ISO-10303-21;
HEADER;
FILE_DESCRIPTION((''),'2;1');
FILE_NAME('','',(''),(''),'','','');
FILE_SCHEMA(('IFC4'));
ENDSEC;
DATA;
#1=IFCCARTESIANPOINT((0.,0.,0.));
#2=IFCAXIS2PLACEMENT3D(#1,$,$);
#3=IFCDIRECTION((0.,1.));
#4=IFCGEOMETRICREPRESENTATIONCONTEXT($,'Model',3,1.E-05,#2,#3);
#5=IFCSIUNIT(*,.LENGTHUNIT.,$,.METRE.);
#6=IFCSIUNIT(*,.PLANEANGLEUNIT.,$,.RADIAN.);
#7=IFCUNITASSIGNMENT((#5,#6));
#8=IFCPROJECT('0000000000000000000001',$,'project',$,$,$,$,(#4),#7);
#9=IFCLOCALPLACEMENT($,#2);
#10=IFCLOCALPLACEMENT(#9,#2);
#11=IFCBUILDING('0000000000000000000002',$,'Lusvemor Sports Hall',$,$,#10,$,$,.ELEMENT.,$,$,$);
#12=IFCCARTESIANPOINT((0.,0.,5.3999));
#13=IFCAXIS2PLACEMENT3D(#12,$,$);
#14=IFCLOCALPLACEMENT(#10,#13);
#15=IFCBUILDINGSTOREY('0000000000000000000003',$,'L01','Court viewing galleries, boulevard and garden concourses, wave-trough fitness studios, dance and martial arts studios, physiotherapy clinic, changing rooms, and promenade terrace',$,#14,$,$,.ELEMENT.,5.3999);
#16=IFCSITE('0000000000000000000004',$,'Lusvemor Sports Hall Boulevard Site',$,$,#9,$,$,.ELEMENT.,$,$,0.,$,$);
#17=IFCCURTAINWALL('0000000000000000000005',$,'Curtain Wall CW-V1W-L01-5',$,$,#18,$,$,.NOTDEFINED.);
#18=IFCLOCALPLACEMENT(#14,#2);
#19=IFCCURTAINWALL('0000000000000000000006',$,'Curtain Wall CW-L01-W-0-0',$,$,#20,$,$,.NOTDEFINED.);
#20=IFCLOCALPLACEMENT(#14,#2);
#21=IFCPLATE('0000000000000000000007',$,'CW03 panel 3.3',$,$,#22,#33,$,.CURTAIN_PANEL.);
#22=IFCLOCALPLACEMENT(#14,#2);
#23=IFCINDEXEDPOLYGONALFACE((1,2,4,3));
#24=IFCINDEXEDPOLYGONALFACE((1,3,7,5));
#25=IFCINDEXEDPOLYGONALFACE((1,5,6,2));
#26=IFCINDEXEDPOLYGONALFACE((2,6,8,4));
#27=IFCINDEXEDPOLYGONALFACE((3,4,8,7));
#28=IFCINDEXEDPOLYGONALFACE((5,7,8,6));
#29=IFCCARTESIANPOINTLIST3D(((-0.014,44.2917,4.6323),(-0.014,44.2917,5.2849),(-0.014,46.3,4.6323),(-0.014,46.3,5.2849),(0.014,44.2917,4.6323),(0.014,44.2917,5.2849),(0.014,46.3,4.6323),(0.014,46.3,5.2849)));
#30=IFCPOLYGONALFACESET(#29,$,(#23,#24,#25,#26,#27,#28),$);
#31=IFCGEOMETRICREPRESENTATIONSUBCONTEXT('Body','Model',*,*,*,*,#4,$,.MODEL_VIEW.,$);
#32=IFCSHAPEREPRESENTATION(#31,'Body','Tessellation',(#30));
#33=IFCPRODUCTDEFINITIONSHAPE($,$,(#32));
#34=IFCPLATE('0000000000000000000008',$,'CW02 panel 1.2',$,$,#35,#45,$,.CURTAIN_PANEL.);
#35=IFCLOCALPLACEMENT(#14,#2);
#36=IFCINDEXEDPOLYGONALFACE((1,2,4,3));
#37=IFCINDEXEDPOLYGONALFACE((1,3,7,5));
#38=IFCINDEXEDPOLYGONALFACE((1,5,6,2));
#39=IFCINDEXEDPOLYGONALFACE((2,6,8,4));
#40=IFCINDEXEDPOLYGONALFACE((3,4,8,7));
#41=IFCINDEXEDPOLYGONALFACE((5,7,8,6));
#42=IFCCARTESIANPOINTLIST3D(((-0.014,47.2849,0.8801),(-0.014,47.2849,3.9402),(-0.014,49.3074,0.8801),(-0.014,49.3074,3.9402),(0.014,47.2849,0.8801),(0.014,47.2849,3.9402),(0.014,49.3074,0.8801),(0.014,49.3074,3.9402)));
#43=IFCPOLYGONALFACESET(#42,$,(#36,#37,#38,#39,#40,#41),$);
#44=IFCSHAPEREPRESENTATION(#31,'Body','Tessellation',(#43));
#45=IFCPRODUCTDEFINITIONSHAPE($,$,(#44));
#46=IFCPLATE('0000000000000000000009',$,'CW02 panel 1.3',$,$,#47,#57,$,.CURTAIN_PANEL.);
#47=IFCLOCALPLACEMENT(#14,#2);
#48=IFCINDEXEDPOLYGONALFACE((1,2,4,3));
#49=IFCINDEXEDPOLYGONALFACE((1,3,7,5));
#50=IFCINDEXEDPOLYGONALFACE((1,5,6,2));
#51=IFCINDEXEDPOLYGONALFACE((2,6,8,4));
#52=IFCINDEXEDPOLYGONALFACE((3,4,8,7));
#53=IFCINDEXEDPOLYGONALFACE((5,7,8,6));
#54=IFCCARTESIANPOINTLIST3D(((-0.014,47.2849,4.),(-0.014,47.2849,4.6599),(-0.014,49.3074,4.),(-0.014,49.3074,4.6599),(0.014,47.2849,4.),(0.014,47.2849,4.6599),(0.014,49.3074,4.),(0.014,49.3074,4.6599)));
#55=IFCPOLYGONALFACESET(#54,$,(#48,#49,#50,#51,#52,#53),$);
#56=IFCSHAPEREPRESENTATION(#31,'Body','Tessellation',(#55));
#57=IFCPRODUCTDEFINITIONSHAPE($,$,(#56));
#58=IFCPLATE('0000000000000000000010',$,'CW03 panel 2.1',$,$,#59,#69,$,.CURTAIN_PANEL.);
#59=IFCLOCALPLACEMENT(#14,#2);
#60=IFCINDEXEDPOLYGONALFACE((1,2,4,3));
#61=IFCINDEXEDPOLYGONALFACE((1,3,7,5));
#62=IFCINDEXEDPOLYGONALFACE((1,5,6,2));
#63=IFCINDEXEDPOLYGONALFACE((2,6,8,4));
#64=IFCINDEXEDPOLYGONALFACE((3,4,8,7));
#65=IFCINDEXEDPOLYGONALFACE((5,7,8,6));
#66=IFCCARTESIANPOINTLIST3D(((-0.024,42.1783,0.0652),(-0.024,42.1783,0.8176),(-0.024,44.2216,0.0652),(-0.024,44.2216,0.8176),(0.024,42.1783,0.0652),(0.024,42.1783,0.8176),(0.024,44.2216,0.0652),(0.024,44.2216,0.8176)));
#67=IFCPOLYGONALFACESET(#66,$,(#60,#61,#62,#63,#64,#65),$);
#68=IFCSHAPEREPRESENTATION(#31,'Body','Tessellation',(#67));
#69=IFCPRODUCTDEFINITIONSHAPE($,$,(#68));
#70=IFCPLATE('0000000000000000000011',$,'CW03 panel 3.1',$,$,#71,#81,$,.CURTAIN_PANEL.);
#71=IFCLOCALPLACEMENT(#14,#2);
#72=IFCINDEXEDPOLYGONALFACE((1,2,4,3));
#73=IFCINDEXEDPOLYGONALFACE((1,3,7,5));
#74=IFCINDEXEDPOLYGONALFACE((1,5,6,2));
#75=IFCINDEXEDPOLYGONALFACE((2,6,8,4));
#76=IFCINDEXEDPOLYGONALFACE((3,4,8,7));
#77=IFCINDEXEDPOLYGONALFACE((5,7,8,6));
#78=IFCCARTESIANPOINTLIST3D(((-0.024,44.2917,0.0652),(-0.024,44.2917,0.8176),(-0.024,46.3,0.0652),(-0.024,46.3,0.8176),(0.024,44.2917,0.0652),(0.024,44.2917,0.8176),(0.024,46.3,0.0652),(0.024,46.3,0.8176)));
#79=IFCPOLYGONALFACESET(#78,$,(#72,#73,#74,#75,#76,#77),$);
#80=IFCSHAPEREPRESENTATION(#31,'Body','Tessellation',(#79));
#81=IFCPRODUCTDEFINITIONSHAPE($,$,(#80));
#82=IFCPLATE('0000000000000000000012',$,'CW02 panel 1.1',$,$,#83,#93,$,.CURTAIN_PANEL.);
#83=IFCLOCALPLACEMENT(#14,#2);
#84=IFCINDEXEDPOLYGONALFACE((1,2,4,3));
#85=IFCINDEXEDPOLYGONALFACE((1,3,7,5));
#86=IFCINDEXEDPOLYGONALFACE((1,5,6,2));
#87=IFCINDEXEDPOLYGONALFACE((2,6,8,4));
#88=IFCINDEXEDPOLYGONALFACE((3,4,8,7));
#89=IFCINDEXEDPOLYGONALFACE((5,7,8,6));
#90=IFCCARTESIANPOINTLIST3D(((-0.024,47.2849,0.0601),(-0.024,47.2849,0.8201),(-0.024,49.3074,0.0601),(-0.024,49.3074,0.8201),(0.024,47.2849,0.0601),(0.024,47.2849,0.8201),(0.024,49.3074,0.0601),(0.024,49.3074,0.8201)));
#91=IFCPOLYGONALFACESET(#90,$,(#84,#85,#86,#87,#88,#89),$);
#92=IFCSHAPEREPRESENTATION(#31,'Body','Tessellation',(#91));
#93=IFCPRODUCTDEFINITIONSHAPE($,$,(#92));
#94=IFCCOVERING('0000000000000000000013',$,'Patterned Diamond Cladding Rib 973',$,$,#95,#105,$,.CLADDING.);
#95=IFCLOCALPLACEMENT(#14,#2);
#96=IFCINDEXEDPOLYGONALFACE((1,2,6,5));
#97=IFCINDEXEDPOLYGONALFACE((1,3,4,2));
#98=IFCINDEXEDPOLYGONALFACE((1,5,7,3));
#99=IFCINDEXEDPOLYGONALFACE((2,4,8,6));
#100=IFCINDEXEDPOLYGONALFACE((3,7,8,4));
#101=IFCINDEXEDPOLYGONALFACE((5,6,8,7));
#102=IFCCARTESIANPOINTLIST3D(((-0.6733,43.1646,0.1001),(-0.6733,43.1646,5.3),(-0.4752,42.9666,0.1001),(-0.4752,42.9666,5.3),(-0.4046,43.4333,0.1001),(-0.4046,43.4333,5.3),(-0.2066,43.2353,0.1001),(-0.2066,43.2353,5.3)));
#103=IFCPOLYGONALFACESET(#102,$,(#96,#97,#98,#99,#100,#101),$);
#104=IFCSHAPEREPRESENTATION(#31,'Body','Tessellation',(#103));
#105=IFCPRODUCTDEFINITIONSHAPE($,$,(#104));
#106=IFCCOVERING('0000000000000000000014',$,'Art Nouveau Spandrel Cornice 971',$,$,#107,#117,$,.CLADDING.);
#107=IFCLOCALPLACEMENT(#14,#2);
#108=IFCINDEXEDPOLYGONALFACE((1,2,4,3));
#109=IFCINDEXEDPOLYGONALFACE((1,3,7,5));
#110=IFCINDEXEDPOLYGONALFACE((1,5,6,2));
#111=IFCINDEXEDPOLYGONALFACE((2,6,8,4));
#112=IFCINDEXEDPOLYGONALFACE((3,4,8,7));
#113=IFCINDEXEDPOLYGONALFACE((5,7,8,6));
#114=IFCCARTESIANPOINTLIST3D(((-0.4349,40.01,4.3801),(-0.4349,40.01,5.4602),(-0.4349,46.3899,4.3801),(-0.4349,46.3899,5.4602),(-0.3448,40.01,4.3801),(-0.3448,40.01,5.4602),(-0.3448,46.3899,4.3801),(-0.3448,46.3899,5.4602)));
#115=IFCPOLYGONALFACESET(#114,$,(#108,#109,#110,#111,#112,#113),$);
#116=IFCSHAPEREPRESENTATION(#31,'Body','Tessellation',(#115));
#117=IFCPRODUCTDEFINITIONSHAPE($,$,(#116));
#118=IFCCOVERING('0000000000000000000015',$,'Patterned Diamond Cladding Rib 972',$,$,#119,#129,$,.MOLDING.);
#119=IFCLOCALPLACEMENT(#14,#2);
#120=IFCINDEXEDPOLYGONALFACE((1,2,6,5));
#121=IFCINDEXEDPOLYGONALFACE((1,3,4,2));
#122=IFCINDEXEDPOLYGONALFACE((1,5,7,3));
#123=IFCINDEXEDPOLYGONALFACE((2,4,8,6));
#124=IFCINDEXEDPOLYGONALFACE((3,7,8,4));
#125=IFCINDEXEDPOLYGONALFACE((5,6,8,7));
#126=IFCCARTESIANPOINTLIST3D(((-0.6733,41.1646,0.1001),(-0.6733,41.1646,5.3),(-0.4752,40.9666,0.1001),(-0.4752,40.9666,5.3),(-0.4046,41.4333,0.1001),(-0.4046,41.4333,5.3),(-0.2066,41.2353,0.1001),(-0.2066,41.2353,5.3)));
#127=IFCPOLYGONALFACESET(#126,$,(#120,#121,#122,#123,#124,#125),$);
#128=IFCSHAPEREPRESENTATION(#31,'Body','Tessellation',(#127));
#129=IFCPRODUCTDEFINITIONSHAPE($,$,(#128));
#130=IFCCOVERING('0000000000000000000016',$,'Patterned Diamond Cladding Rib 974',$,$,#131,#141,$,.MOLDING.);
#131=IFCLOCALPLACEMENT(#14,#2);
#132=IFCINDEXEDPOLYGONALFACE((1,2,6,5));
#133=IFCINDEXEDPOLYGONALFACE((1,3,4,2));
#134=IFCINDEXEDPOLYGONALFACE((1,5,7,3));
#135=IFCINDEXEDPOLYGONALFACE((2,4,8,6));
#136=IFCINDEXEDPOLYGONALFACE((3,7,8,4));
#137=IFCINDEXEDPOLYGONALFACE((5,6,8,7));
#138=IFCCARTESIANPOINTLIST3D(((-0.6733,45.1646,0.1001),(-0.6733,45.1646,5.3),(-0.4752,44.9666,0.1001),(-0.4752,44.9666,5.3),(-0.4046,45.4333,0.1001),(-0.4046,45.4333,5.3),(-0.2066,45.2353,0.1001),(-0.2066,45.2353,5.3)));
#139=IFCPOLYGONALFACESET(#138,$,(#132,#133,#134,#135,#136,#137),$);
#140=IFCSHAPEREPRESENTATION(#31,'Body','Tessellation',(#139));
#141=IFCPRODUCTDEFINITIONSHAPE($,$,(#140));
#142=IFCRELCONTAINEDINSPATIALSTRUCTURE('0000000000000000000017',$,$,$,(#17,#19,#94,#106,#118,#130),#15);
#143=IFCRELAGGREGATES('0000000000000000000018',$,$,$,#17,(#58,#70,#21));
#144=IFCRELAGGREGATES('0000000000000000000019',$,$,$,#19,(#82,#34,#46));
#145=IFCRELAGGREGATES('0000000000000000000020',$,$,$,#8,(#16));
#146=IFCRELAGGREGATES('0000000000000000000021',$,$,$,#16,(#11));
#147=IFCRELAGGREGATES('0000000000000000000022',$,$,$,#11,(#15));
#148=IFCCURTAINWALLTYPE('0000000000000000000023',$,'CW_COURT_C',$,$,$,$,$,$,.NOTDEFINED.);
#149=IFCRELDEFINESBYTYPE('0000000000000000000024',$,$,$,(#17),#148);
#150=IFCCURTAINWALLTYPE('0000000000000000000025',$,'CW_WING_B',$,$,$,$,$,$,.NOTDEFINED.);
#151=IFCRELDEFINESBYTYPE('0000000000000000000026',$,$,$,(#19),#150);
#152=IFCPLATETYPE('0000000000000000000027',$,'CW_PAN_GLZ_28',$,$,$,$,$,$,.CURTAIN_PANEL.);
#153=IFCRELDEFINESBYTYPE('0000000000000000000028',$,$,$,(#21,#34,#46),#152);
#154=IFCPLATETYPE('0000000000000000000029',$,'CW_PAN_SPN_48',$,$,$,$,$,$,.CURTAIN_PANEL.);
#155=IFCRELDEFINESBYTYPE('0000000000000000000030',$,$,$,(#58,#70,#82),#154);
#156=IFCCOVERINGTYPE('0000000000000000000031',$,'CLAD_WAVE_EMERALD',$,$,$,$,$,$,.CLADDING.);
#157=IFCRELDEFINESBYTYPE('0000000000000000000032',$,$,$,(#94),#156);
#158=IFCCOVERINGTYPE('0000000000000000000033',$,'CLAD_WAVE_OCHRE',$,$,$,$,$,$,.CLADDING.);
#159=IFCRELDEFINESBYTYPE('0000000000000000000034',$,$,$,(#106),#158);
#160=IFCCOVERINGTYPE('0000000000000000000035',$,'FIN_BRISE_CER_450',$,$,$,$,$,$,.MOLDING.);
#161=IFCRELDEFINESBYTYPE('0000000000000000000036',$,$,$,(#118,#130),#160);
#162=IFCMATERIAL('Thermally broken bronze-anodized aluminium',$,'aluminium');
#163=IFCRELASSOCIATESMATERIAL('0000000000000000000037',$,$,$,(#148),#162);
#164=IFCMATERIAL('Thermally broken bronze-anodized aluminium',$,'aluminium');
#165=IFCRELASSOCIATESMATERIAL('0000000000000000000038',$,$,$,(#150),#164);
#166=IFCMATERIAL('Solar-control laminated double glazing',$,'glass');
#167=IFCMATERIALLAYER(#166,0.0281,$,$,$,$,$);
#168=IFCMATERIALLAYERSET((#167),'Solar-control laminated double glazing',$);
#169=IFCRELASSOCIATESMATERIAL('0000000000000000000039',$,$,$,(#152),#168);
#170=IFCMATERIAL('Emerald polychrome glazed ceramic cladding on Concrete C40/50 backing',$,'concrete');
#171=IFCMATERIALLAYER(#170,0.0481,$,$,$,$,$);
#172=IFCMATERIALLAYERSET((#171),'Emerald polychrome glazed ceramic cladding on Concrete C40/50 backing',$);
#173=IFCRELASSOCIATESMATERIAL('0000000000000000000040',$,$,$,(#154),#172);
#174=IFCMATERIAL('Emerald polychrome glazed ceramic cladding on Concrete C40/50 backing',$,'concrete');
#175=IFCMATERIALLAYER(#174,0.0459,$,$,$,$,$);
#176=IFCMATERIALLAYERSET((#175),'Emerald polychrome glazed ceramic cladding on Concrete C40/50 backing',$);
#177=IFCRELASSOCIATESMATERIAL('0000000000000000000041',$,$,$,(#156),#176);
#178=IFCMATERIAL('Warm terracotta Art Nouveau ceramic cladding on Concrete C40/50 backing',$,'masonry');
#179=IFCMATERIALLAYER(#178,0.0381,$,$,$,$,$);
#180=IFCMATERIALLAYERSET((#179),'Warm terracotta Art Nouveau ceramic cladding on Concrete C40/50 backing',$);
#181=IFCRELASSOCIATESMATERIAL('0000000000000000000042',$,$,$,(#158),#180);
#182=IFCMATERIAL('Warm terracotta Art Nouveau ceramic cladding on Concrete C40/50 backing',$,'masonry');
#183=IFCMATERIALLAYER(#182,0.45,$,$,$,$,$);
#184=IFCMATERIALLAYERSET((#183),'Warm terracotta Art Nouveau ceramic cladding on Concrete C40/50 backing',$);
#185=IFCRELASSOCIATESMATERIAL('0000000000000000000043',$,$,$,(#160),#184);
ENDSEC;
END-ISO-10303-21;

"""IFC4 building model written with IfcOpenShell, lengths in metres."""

from ifc_helpers import new_model, si_unit, direction, frame, origin, origin_2d, place, context, subcontext, project, spatial, rectangle, extrude, material, layer, layer_set, type_object, element, aggregate, save


model = new_model("IFC4")

# Units and contexts
model_context = context("Model", 3, precision=1e-05, world=origin(), true_north=direction((0.0, 1.0)))
body_context = subcontext(model_context, "Body", "Model", "MODEL_VIEW")
ifc_project = project(units=[si_unit("LENGTHUNIT", "METRE"), si_unit("PLANEANGLEUNIT", "RADIAN")], contexts=[model_context])

# Site, building, storey
site_placement = place(None, origin())
site = spatial("IfcSite", under=ifc_project, at=site_placement, Name="Lusvemor Sports Hall Boulevard Site", CompositionType="ELEMENT", RefElevation=0.0)
building_placement = place(site_placement, origin())
building = spatial("IfcBuilding", under=site, at=building_placement, Name="Lusvemor Sports Hall", CompositionType="ELEMENT")
storey_placement = place(building_placement, frame((0.0, 0.0, 5.3999)))
storey = spatial("IfcBuildingStorey", under=building, at=storey_placement, Name="L01", Description="Court viewing galleries, boulevard and garden concourses, wave-trough fitness studios, dance and martial arts studios, physiotherapy clinic, changing rooms, and promenade terrace", CompositionType="ELEMENT", Elevation=5.3999)

# Curtain wall
ifc_material_1 = material(Name="Thermally broken bronze-anodized aluminium", Category="aluminium")
curtain_wall_type_1 = type_object("IfcCurtainWallType", Name="CW_COURT_C", PredefinedType="NOTDEFINED", material=ifc_material_1)
curtain_wall_1_placement = place(storey_placement, origin())
curtain_wall_1 = element("IfcCurtainWall", 1, at=curtain_wall_1_placement, inside=storey, type_object=curtain_wall_type_1, Name="Curtain Wall CW-V1W-L01-5", PredefinedType="NOTDEFINED")

# Curtain wall
ifc_material_2 = material(Name="Thermally broken bronze-anodized aluminium", Category="aluminium")
curtain_wall_type_2 = type_object("IfcCurtainWallType", Name="CW_WING_B", PredefinedType="NOTDEFINED", material=ifc_material_2)
curtain_wall_2_placement = place(storey_placement, origin())
curtain_wall_2 = element("IfcCurtainWall", 2, at=curtain_wall_2_placement, inside=storey, type_object=curtain_wall_type_2, Name="Curtain Wall CW-L01-W-0-0", PredefinedType="NOTDEFINED")

# Plates
ifc_material_3 = material(Name="Solar-control laminated double glazing", Category="glass")
ifc_layer_1 = layer(ifc_material_3, 0.0281)
ifc_layer_set_1 = layer_set([ifc_layer_1], Name="Solar-control laminated double glazing")
plate_type_1 = type_object("IfcPlateType", Name="CW_PAN_GLZ_28", PredefinedType="CURTAIN_PANEL", material=ifc_layer_set_1)
plate_1_placement = place(storey_placement, frame((0.0, 45.2959, 4.6323), z_axis=(0.0, 0.0, 1.0), x_axis=(0.0, 1.0, 0.0)))
plate_1 = element("IfcPlate", 3, at=plate_1_placement, type_object=plate_type_1, Name="CW03 panel 3.3", PredefinedType="CURTAIN_PANEL", context=body_context, shape_type="SweptSolid", body=[
    extrude(rectangle(XDim=2.0083, YDim=0.0281, at=origin_2d()), origin(), (0.0, 0.0, 1.0), 0.6526),
])
plate_2_placement = place(storey_placement, frame((0.0, 48.2961, 0.8801), z_axis=(0.0, 0.0, 1.0), x_axis=(0.0, 1.0, 0.0)))
plate_2 = element("IfcPlate", 4, at=plate_2_placement, type_object=plate_type_1, Name="CW02 panel 1.2", PredefinedType="CURTAIN_PANEL", context=body_context, shape_type="SweptSolid", body=[
    extrude(rectangle(XDim=2.0225, YDim=0.0281, at=origin_2d()), origin(), (0.0, 0.0, 1.0), 3.0601),
])
plate_3_placement = place(storey_placement, frame((0.0, 48.2961, 4.0), z_axis=(0.0, 0.0, 1.0), x_axis=(0.0, 1.0, 0.0)))
plate_3 = element("IfcPlate", 5, at=plate_3_placement, type_object=plate_type_1, Name="CW02 panel 1.3", PredefinedType="CURTAIN_PANEL", context=body_context, shape_type="SweptSolid", body=[
    extrude(rectangle(XDim=2.0225, YDim=0.0281, at=origin_2d()), origin(), (0.0, 0.0, 1.0), 0.6599),
])
ifc_material_4 = material(Name="Emerald polychrome glazed ceramic cladding on Concrete C40/50 backing", Category="concrete")
ifc_layer_2 = layer(ifc_material_4, 0.0481)
ifc_layer_set_2 = layer_set([ifc_layer_2], Name="Emerald polychrome glazed ceramic cladding on Concrete C40/50 backing")
plate_type_2 = type_object("IfcPlateType", Name="CW_PAN_SPN_48", PredefinedType="CURTAIN_PANEL", material=ifc_layer_set_2)
plate_4_placement = place(storey_placement, frame((0.0, 43.2, 0.0652), z_axis=(0.0, 0.0, 1.0), x_axis=(0.0, 1.0, 0.0)))
plate_4 = element("IfcPlate", 6, at=plate_4_placement, type_object=plate_type_2, Name="CW03 panel 2.1", PredefinedType="CURTAIN_PANEL", context=body_context, shape_type="SweptSolid", body=[
    extrude(rectangle(XDim=2.0432, YDim=0.0481, at=origin_2d()), origin(), (0.0, 0.0, 1.0), 0.7524),
])
plate_5_placement = place(storey_placement, frame((0.0, 45.2959, 0.0652), z_axis=(0.0, 0.0, 1.0), x_axis=(0.0, 1.0, 0.0)))
plate_5 = element("IfcPlate", 7, at=plate_5_placement, type_object=plate_type_2, Name="CW03 panel 3.1", PredefinedType="CURTAIN_PANEL", context=body_context, shape_type="SweptSolid", body=[
    extrude(rectangle(XDim=2.0083, YDim=0.0481, at=origin_2d()), origin(), (0.0, 0.0, 1.0), 0.7524),
])
aggregate(curtain_wall_1, [plate_4, plate_5, plate_1])
plate_6_placement = place(storey_placement, frame((0.0, 48.2961, 0.0601), z_axis=(0.0, 0.0, 1.0), x_axis=(0.0, 1.0, 0.0)))
plate_6 = element("IfcPlate", 8, at=plate_6_placement, type_object=plate_type_2, Name="CW02 panel 1.1", PredefinedType="CURTAIN_PANEL", context=body_context, shape_type="SweptSolid", body=[
    extrude(rectangle(XDim=2.0225, YDim=0.0481, at=origin_2d()), origin(), (0.0, 0.0, 1.0), 0.76),
])
aggregate(curtain_wall_2, [plate_6, plate_2, plate_3])

# Coverings
ifc_material_5 = material(Name="Emerald polychrome glazed ceramic cladding on Concrete C40/50 backing", Category="concrete")
ifc_layer_3 = layer(ifc_material_5, 0.0459)
ifc_layer_set_3 = layer_set([ifc_layer_3], Name="Emerald polychrome glazed ceramic cladding on Concrete C40/50 backing")
covering_type_1 = type_object("IfcCoveringType", Name="CLAD_WAVE_EMERALD", PredefinedType="CLADDING", material=ifc_layer_set_3)
covering_1_placement = place(storey_placement, frame((-0.4399, 43.2, 0.1001), z_axis=(0.0, 0.0, 1.0), x_axis=(0.707107, 0.707107, 0.0)))
element("IfcCovering", 9, at=covering_1_placement, inside=storey, type_object=covering_type_1, Name="Patterned Diamond Cladding Rib 973", PredefinedType="CLADDING", context=body_context, shape_type="SweptSolid", body=[
    extrude(rectangle(XDim=0.3799, YDim=0.28, at=origin_2d()), origin(), (0.0, 0.0, 1.0), 5.2),
])
ifc_material_6 = material(Name="Warm terracotta Art Nouveau ceramic cladding on Concrete C40/50 backing", Category="masonry")
ifc_layer_4 = layer(ifc_material_6, 0.0381)
ifc_layer_set_4 = layer_set([ifc_layer_4], Name="Warm terracotta Art Nouveau ceramic cladding on Concrete C40/50 backing")
covering_type_2 = type_object("IfcCoveringType", Name="CLAD_WAVE_OCHRE", PredefinedType="CLADDING", material=ifc_layer_set_4)
covering_2_placement = place(storey_placement, frame((-0.3899, 43.2, 4.3801), z_axis=(0.0, 0.0, 1.0), x_axis=(1.0, 0.0, 0.0)))
element("IfcCovering", 10, at=covering_2_placement, inside=storey, type_object=covering_type_2, Name="Art Nouveau Spandrel Cornice 971", PredefinedType="CLADDING", context=body_context, shape_type="SweptSolid", body=[
    extrude(rectangle(XDim=0.0901, YDim=6.3799, at=origin_2d()), origin(), (0.0, 0.0, 1.0), 1.0801),
])
ifc_material_7 = material(Name="Warm terracotta Art Nouveau ceramic cladding on Concrete C40/50 backing", Category="masonry")
ifc_layer_5 = layer(ifc_material_7, 0.45)
ifc_layer_set_5 = layer_set([ifc_layer_5], Name="Warm terracotta Art Nouveau ceramic cladding on Concrete C40/50 backing")
covering_type_3 = type_object("IfcCoveringType", Name="FIN_BRISE_CER_450", PredefinedType="MOLDING", material=ifc_layer_set_5)
for number, where, z_axis, x_axis, name in (
    (11, (-0.4399, 41.2, 0.1001), (0.0, 0.0, 1.0), (0.707107, 0.707107, 0.0), "Patterned Diamond Cladding Rib 972"),
    (12, (-0.4399, 45.2, 0.1001), (0.0, 0.0, 1.0), (0.707107, 0.707107, 0.0), "Patterned Diamond Cladding Rib 974"),
):
    element("IfcCovering", number, at=place(storey_placement, frame(where, z_axis=z_axis, x_axis=x_axis)), inside=storey, type_object=covering_type_3, Name=name, PredefinedType="MOLDING", context=body_context, shape_type="SweptSolid", body=[
        extrude(rectangle(XDim=0.3799, YDim=0.28, at=origin_2d()), origin(), (0.0, 0.0, 1.0), 5.2),
    ])

save(model, "model.ifc")
